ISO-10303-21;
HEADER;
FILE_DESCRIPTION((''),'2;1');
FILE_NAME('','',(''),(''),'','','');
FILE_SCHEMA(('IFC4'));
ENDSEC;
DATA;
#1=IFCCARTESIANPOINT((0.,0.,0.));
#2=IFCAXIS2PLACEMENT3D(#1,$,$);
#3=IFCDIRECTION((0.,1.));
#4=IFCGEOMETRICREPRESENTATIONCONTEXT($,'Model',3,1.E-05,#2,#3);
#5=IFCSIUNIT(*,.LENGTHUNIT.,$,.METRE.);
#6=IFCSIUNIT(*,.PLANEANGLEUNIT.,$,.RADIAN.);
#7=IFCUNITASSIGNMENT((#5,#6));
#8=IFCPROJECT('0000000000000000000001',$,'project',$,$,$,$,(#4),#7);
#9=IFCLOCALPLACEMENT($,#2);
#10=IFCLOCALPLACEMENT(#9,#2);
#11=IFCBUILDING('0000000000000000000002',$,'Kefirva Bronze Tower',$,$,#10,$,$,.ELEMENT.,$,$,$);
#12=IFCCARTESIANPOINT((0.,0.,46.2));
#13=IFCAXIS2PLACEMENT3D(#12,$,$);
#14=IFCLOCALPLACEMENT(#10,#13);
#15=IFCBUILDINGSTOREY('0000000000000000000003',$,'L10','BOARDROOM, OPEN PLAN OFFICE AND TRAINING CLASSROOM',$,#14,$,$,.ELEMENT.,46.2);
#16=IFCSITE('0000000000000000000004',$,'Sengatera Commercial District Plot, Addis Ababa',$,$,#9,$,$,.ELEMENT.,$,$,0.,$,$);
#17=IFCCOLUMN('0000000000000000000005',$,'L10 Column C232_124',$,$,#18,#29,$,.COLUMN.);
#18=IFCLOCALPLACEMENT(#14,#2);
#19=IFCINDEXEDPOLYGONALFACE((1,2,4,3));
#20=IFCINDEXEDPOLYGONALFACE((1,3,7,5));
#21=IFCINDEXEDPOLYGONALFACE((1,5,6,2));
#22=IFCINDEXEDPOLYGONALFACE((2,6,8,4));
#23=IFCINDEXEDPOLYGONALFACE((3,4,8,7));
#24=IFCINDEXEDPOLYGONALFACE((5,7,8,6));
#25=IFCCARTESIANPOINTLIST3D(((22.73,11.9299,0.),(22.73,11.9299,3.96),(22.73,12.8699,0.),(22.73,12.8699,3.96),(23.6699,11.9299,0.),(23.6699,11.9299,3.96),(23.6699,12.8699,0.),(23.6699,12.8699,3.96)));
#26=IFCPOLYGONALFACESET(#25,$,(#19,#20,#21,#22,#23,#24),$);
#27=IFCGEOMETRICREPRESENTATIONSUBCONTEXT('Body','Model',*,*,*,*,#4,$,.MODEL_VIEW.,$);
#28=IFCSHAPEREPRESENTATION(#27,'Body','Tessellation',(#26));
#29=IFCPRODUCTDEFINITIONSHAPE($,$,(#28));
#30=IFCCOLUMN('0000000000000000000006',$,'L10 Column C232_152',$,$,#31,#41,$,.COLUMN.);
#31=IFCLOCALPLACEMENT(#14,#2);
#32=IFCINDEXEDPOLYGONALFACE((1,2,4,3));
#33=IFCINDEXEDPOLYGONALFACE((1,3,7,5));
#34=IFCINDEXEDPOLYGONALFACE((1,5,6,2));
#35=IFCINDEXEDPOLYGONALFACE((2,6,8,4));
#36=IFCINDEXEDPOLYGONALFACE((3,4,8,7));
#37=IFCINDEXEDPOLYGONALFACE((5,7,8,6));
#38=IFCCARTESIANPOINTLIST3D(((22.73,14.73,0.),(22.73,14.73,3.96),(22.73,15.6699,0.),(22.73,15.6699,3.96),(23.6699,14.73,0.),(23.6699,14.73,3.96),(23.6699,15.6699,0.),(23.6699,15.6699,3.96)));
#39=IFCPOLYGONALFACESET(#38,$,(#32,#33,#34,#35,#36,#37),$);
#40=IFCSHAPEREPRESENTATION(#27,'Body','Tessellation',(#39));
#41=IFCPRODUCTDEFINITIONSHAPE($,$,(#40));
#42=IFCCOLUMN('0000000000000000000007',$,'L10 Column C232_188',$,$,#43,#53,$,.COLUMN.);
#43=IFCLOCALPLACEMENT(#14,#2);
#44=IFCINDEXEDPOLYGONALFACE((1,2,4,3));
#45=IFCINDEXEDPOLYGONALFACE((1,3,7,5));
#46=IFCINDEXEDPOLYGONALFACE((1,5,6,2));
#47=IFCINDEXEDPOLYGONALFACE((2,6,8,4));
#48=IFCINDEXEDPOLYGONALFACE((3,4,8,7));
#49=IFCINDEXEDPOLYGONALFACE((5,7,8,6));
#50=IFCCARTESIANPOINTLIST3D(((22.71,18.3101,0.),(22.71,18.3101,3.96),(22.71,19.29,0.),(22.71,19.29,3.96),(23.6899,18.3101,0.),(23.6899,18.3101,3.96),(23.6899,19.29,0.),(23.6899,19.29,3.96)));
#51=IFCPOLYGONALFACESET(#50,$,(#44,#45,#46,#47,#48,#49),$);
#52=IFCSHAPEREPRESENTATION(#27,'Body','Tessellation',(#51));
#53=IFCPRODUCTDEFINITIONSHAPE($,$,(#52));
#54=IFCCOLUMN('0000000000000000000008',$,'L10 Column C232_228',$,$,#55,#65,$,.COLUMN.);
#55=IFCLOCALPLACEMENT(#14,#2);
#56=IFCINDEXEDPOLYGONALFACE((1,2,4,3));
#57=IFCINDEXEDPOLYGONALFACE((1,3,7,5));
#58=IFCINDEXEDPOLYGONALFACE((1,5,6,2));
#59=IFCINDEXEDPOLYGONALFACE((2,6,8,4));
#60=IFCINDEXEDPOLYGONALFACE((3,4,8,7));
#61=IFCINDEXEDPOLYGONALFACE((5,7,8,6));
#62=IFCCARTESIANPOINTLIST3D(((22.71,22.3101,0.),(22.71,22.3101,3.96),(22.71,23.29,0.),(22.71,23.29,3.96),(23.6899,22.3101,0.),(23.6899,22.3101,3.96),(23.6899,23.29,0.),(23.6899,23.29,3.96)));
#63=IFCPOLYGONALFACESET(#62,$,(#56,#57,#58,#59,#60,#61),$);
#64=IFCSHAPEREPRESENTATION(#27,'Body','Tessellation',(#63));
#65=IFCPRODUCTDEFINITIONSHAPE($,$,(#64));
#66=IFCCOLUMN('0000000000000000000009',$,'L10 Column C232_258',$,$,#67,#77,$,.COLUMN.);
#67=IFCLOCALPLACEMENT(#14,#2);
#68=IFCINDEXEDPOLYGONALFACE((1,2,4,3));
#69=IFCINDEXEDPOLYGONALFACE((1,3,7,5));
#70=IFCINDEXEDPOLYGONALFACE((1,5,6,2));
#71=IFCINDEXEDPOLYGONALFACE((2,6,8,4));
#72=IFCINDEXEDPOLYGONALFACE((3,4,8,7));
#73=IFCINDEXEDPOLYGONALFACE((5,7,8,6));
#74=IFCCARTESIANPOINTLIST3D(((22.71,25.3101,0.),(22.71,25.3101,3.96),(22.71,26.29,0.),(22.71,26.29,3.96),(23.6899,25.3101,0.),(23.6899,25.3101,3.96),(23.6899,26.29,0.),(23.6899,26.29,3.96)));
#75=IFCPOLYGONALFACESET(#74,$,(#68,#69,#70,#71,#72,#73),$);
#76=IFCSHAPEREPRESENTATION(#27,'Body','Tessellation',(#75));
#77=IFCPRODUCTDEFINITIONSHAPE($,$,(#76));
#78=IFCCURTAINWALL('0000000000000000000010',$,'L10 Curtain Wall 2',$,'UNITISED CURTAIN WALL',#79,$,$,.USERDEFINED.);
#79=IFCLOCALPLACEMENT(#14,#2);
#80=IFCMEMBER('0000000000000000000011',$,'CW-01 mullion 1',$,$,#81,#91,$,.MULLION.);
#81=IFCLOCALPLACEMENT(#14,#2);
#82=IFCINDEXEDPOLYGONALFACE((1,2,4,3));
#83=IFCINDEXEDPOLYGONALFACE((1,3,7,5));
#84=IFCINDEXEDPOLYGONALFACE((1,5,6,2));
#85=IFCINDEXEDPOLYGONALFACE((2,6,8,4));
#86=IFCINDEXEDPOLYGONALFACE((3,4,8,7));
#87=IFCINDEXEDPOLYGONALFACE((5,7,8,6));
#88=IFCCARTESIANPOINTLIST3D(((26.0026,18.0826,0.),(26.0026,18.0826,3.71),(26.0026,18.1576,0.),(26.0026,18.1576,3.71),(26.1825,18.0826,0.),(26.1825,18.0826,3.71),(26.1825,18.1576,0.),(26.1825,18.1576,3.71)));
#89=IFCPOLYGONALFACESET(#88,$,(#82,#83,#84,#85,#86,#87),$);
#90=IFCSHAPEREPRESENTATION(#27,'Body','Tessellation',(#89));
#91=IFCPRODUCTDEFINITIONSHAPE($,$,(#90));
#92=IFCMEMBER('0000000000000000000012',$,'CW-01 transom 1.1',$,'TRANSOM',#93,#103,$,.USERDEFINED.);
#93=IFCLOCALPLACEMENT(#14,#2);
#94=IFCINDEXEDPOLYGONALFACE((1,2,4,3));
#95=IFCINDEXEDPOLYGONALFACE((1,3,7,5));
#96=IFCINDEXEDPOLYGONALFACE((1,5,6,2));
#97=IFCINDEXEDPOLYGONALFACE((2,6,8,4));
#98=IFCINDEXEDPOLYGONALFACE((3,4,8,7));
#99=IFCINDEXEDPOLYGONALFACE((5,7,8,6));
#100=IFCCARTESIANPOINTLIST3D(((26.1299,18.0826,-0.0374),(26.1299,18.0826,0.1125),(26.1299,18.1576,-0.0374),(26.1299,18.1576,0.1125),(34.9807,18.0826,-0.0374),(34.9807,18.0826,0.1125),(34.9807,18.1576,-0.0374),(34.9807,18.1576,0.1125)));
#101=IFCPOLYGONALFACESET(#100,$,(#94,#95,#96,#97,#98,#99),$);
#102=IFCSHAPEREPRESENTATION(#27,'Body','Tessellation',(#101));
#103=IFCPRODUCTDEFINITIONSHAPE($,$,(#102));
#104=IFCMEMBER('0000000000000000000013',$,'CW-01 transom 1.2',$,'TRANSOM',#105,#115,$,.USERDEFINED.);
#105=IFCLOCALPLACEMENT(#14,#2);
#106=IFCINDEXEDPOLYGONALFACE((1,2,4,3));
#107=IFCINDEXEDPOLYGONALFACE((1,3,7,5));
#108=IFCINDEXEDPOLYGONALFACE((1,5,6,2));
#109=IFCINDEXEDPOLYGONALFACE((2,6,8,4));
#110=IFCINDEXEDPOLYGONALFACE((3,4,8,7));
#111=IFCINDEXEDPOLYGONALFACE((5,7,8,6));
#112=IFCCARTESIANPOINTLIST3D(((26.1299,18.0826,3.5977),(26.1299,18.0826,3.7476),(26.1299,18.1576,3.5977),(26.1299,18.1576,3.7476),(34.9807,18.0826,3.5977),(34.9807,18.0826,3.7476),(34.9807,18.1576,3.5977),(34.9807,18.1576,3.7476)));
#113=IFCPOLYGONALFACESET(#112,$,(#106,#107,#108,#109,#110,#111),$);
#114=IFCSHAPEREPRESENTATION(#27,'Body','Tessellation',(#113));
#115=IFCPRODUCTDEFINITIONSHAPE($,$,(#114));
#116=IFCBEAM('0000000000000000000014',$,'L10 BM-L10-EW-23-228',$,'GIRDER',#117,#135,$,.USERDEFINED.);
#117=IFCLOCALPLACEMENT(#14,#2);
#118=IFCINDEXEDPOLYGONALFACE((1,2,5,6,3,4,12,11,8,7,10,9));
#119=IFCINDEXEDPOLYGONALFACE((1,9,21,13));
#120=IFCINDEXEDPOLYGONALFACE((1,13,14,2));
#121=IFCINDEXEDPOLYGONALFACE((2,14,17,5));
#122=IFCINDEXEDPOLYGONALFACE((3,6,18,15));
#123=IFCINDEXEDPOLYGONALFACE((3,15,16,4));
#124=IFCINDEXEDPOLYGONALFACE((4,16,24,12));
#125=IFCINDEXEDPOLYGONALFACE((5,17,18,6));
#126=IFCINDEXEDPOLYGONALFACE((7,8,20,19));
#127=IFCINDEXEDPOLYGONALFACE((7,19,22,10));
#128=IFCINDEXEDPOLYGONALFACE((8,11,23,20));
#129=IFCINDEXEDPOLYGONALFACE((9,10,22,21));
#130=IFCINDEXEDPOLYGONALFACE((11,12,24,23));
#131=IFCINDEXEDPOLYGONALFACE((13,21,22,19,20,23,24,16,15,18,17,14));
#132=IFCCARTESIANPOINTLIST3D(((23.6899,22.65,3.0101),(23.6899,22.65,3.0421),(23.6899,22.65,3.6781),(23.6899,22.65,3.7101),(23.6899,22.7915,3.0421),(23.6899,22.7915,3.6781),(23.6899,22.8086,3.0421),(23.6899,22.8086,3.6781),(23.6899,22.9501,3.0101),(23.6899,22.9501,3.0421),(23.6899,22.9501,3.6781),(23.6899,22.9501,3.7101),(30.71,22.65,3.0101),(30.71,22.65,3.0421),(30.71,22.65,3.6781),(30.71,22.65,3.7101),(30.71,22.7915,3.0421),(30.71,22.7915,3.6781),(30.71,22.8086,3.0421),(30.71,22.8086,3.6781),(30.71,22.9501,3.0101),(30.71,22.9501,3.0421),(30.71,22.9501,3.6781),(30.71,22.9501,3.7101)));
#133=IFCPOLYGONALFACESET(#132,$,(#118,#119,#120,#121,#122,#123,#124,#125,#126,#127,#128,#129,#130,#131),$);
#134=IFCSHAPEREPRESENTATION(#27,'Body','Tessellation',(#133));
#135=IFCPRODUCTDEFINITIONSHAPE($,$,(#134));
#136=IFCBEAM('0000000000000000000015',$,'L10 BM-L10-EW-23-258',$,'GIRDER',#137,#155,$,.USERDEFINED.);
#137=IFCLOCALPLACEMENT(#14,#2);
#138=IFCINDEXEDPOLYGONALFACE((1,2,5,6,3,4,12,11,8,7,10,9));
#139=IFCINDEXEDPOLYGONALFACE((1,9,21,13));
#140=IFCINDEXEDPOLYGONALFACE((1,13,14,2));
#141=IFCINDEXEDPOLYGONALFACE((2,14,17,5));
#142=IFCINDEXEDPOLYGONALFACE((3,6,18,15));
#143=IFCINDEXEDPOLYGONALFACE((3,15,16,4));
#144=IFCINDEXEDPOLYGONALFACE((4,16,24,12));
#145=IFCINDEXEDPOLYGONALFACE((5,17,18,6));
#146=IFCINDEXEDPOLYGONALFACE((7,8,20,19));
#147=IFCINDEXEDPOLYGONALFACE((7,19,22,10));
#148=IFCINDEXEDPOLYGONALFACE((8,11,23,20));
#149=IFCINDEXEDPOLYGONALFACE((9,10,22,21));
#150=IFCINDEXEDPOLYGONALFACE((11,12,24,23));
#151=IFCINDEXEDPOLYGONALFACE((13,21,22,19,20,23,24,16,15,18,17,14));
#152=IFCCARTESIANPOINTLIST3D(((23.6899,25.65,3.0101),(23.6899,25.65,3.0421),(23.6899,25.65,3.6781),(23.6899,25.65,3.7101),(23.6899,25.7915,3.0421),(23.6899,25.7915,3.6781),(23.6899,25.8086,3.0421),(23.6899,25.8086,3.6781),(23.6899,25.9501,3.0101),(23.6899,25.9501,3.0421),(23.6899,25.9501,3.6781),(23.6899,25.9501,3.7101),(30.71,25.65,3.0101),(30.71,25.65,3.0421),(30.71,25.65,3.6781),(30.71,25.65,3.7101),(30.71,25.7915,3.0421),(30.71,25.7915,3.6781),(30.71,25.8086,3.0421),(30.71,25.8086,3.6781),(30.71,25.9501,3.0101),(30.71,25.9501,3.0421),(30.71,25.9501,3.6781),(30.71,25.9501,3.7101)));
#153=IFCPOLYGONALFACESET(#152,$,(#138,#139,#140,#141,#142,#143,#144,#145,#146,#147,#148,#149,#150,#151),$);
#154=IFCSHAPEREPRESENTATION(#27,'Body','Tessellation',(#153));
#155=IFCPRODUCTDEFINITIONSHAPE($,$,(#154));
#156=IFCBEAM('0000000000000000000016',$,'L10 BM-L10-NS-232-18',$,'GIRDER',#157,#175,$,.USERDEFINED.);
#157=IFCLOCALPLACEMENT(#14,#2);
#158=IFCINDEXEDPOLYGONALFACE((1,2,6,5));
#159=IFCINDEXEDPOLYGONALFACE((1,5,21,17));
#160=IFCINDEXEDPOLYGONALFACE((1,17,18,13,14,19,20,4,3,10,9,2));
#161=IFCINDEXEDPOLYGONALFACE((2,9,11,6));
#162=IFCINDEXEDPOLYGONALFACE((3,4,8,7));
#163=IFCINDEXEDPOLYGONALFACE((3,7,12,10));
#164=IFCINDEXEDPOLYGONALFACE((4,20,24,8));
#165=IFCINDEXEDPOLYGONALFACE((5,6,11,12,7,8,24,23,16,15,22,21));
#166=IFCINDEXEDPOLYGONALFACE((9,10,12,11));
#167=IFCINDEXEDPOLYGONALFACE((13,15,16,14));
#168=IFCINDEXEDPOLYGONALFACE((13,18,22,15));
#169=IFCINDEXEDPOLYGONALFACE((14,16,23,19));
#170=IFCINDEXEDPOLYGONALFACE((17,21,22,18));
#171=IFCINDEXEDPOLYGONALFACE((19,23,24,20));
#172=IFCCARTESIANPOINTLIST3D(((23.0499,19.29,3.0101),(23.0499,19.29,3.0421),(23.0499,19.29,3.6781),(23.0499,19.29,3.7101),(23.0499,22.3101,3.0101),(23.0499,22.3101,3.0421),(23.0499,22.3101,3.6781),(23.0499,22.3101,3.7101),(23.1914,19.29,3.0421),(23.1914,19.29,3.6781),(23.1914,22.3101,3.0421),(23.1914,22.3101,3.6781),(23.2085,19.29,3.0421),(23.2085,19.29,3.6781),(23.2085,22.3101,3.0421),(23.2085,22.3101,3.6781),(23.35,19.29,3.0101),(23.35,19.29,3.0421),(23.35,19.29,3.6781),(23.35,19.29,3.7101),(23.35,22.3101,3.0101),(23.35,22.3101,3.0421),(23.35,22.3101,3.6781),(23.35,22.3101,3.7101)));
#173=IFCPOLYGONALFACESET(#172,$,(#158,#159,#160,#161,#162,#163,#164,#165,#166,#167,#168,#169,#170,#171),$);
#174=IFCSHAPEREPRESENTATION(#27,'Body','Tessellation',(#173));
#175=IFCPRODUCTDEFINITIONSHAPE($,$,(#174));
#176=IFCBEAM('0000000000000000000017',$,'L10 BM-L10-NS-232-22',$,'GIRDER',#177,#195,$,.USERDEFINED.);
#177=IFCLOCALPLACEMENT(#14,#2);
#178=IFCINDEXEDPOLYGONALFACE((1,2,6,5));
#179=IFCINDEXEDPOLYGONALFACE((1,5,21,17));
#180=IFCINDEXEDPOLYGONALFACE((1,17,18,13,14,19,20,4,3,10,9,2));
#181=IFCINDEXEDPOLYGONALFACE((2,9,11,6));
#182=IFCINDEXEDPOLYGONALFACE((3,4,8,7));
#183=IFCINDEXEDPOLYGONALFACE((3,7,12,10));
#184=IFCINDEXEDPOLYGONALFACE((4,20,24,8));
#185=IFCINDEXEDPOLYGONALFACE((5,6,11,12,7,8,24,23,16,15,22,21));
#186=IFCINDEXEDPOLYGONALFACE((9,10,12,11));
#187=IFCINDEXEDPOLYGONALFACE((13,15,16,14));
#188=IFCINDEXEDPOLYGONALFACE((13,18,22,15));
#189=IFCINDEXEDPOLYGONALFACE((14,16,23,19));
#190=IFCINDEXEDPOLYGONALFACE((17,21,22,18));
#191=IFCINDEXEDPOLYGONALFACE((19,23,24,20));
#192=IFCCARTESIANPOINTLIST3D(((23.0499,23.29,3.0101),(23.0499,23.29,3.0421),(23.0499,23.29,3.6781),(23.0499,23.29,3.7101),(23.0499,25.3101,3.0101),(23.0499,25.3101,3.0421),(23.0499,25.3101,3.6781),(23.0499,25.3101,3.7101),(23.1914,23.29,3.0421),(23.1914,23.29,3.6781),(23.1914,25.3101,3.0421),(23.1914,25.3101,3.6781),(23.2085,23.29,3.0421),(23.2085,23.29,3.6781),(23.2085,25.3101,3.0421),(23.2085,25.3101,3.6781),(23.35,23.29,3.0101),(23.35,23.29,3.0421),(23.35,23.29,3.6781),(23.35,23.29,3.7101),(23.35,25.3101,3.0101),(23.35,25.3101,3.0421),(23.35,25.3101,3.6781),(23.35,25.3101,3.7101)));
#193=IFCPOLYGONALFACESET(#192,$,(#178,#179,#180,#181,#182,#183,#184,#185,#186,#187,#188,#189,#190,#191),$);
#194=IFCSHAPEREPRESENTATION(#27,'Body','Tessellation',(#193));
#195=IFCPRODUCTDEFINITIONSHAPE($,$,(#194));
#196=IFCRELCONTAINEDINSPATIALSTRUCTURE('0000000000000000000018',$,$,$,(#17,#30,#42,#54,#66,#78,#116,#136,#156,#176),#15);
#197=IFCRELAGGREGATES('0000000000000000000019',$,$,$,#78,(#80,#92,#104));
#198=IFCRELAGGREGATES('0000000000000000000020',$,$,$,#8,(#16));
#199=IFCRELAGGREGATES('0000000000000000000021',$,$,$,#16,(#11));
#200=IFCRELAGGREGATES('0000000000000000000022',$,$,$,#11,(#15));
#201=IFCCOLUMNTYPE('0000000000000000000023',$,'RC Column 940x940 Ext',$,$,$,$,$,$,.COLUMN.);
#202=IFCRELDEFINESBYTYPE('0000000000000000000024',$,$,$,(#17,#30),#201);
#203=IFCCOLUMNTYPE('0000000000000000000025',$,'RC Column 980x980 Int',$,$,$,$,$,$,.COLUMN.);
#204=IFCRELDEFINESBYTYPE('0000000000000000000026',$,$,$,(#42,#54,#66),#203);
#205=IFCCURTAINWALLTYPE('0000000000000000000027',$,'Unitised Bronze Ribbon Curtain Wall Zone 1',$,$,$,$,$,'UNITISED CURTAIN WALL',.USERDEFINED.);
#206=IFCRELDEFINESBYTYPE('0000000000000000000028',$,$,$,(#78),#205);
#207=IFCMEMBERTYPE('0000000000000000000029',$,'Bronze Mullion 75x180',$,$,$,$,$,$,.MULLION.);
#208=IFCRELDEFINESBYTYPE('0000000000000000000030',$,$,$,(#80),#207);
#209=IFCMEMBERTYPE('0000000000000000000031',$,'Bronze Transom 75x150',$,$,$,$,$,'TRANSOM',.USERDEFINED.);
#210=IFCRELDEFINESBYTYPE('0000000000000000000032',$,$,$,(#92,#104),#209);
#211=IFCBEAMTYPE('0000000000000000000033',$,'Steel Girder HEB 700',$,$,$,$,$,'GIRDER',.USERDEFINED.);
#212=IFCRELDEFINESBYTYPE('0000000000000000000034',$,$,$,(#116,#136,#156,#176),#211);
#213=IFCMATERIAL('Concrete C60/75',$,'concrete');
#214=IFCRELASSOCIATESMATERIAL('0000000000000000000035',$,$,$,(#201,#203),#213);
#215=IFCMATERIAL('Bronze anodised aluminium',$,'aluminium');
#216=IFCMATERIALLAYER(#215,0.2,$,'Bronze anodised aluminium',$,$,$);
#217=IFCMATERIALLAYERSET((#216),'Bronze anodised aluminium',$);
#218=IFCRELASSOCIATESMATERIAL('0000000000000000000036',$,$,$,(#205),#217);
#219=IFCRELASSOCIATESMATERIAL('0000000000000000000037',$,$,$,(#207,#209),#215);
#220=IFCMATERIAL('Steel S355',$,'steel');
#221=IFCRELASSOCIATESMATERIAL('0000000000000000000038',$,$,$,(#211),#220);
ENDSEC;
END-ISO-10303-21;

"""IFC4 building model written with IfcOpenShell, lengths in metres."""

from ifc_helpers import new_model, si_unit, direction, frame, origin, origin_2d, place, context, subcontext, project, spatial, rectangle, i_section, extrude, material, layer, layer_set, material_profile, profile_set, type_object, element, aggregate, save


model = new_model("IFC4")

# Units and contexts
model_context = context("Model", 3, precision=1e-05, world=origin(), true_north=direction((0.0, 1.0)))
body_context = subcontext(model_context, "Body", "Model", "MODEL_VIEW")
ifc_project = project(units=[si_unit("LENGTHUNIT", "METRE"), si_unit("PLANEANGLEUNIT", "RADIAN")], contexts=[model_context])

# Site, building, storey
site_placement = place(None, origin())
site = spatial("IfcSite", under=ifc_project, at=site_placement, Name="Sengatera Commercial District Plot, Addis Ababa", CompositionType="ELEMENT", RefElevation=0.0)
building_placement = place(site_placement, origin())
building = spatial("IfcBuilding", under=site, at=building_placement, Name="Kefirva Bronze Tower", CompositionType="ELEMENT")
storey_placement = place(building_placement, frame((0.0, 0.0, 46.2)))
storey = spatial("IfcBuildingStorey", under=building, at=storey_placement, Name="L10", Description="BOARDROOM, OPEN PLAN OFFICE AND TRAINING CLASSROOM", CompositionType="ELEMENT", Elevation=46.2)

# Columns
ifc_material_1 = material(Name="Concrete C60/75", Category="concrete")
ifc_material_profile_1 = material_profile(ifc_material_1, rectangle(XDim=0.9399, YDim=0.9399, at=origin_2d()), Name="RC 940x940")
ifc_profile_set_1 = profile_set([ifc_material_profile_1], Name="Concrete C60/75")
column_type_1 = type_object("IfcColumnType", Name="RC Column 940x940 Ext", PredefinedType="COLUMN", material=ifc_profile_set_1)
for number, where, z_axis, x_axis, name in (
    (1, (23.2, 12.3999, 0.0), (0.0, 0.0, 1.0), (1.0, 0.0, 0.0), "L10 Column C232_124"),
    (2, (23.2, 15.2, 0.0), (0.0, 0.0, 1.0), (1.0, 0.0, 0.0), "L10 Column C232_152"),
):
    element("IfcColumn", number, at=place(storey_placement, frame(where, z_axis=z_axis, x_axis=x_axis)), inside=storey, type_object=column_type_1, Name=name, PredefinedType="COLUMN", context=body_context, shape_type="SweptSolid", body=[
        extrude(rectangle(XDim=0.9399, YDim=0.9399, at=origin_2d()), origin(), (0.0, 0.0, 1.0), 3.96),
    ])
ifc_material_profile_2 = material_profile(ifc_material_1, rectangle(XDim=0.98, YDim=0.98, at=origin_2d()), Name="RC 980x980")
ifc_profile_set_2 = profile_set([ifc_material_profile_2], Name="Concrete C60/75")
column_type_2 = type_object("IfcColumnType", Name="RC Column 980x980 Int", PredefinedType="COLUMN", material=ifc_profile_set_2)
for number, where, z_axis, x_axis, name in (
    (3, (23.2, 18.8, 0.0), (0.0, 0.0, 1.0), (1.0, 0.0, 0.0), "L10 Column C232_188"),
    (4, (23.2, 22.8, 0.0), (0.0, 0.0, 1.0), (1.0, 0.0, 0.0), "L10 Column C232_228"),
    (5, (23.2, 25.8, 0.0), (0.0, 0.0, 1.0), (1.0, 0.0, 0.0), "L10 Column C232_258"),
):
    element("IfcColumn", number, at=place(storey_placement, frame(where, z_axis=z_axis, x_axis=x_axis)), inside=storey, type_object=column_type_2, Name=name, PredefinedType="COLUMN", context=body_context, shape_type="SweptSolid", body=[
        extrude(rectangle(XDim=0.98, YDim=0.98, at=origin_2d()), origin(), (0.0, 0.0, 1.0), 3.96),
    ])

# Curtain wall, members
ifc_material_2 = material(Name="Bronze anodised aluminium", Category="aluminium")
ifc_layer_1 = layer(ifc_material_2, 0.2, Name="Bronze anodised aluminium")
ifc_layer_set_1 = layer_set([ifc_layer_1], Name="Bronze anodised aluminium")
curtain_wall_type = type_object("IfcCurtainWallType", Name="Unitised Bronze Ribbon Curtain Wall Zone 1", ElementType="UNITISED CURTAIN WALL", PredefinedType="USERDEFINED", material=ifc_layer_set_1)
curtain_wall_placement = place(storey_placement, origin())
curtain_wall = element("IfcCurtainWall", 6, at=curtain_wall_placement, inside=storey, type_object=curtain_wall_type, Name="L10 Curtain Wall 2", ObjectType="UNITISED CURTAIN WALL", PredefinedType="USERDEFINED")
ifc_material_profile_3 = material_profile(ifc_material_2, rectangle(XDim=0.075, YDim=0.1799, at=origin_2d()), Name="ALU 75x180")
ifc_profile_set_3 = profile_set([ifc_material_profile_3], Name="Bronze anodised aluminium")
member_type_1 = type_object("IfcMemberType", Name="Bronze Mullion 75x180", PredefinedType="MULLION", material=ifc_profile_set_3)
member_1_placement = place(storey_placement, frame((26.0925, 18.1201, 0.0), z_axis=(0.0, 0.0, 1.0), x_axis=(0.0, 1.0, 0.0)))
member_1 = element("IfcMember", 7, at=member_1_placement, type_object=member_type_1, Name="CW-01 mullion 1", PredefinedType="MULLION", context=body_context, shape_type="SweptSolid", body=[
    extrude(rectangle(XDim=0.075, YDim=0.1799, at=origin_2d()), origin(), (0.0, 0.0, 1.0), 3.71),
])
ifc_material_profile_4 = material_profile(ifc_material_2, rectangle(XDim=0.075, YDim=0.1499, at=origin_2d()), Name="ALU 75x150")
ifc_profile_set_4 = profile_set([ifc_material_profile_4], Name="Bronze anodised aluminium")
member_type_2 = type_object("IfcMemberType", Name="Bronze Transom 75x150", ElementType="TRANSOM", PredefinedType="USERDEFINED", material=ifc_profile_set_4)
member_2_placement = place(storey_placement, frame((26.1299, 18.1201, 0.0376), z_axis=(1.0, 0.0, 0.0), x_axis=(0.0, 1.0, 0.0)))
member_2 = element("IfcMember", 8, at=member_2_placement, type_object=member_type_2, Name="CW-01 transom 1.1", ObjectType="TRANSOM", PredefinedType="USERDEFINED", context=body_context, shape_type="SweptSolid", body=[
    extrude(rectangle(XDim=0.075, YDim=0.1499, at=origin_2d()), origin(), (0.0, 0.0, 1.0), 8.8508),
])
member_3_placement = place(storey_placement, frame((26.1299, 18.1201, 3.6726), z_axis=(1.0, 0.0, 0.0), x_axis=(0.0, 1.0, 0.0)))
member_3 = element("IfcMember", 9, at=member_3_placement, type_object=member_type_2, Name="CW-01 transom 1.2", ObjectType="TRANSOM", PredefinedType="USERDEFINED", context=body_context, shape_type="SweptSolid", body=[
    extrude(rectangle(XDim=0.075, YDim=0.1499, at=origin_2d()), origin(), (0.0, 0.0, 1.0), 8.8508),
])

# Beams
ifc_material_3 = material(Name="Steel S355", Category="steel")
ifc_material_profile_5 = material_profile(ifc_material_3, i_section(OverallWidth=0.3, OverallDepth=0.7, WebThickness=0.0171, FlangeThickness=0.032, at=origin_2d()), Name="HEB 700")
ifc_profile_set_5 = profile_set([ifc_material_profile_5], Name="Steel S355")
beam_type_1 = type_object("IfcBeamType", Name="Steel Girder HEB 700", ElementType="GIRDER", PredefinedType="USERDEFINED", material=ifc_profile_set_5)
for number, where, z_axis, x_axis, name in (
    (10, (23.6899, 22.8, 3.3601), (1.0, 0.0, 0.0), (0.0, 1.0, 0.0), "L10 BM-L10-EW-23-228"),
    (11, (23.6899, 25.8, 3.3601), (1.0, 0.0, 0.0), (0.0, 1.0, 0.0), "L10 BM-L10-EW-23-258"),
):
    element("IfcBeam", number, at=place(storey_placement, frame(where, z_axis=z_axis, x_axis=x_axis)), inside=storey, type_object=beam_type_1, Name=name, ObjectType="GIRDER", PredefinedType="USERDEFINED", context=body_context, shape_type="SweptSolid", body=[
        extrude(i_section(OverallWidth=0.3, OverallDepth=0.7, WebThickness=0.0171, FlangeThickness=0.032, at=origin_2d()), origin(), (0.0, 0.0, 1.0), 7.02),
    ])
beam_1_placement = place(storey_placement, frame((23.2, 19.29, 3.3601), z_axis=(0.0, 1.0, 0.0), x_axis=(-1.0, 0.0, 0.0)))
element("IfcBeam", 12, at=beam_1_placement, inside=storey, type_object=beam_type_1, Name="L10 BM-L10-NS-232-18", ObjectType="GIRDER", PredefinedType="USERDEFINED", context=body_context, shape_type="SweptSolid", body=[
    extrude(i_section(OverallWidth=0.3, OverallDepth=0.7, WebThickness=0.0171, FlangeThickness=0.032, at=origin_2d()), origin(), (0.0, 0.0, 1.0), 3.02),
])
beam_2_placement = place(storey_placement, frame((23.2, 23.29, 3.3601), z_axis=(0.0, 1.0, 0.0), x_axis=(-1.0, 0.0, 0.0)))
element("IfcBeam", 13, at=beam_2_placement, inside=storey, type_object=beam_type_1, Name="L10 BM-L10-NS-232-22", ObjectType="GIRDER", PredefinedType="USERDEFINED", context=body_context, shape_type="SweptSolid", body=[
    extrude(i_section(OverallWidth=0.3, OverallDepth=0.7, WebThickness=0.0171, FlangeThickness=0.032, at=origin_2d()), origin(), (0.0, 0.0, 1.0), 2.02),
])

aggregate(curtain_wall, [member_1, member_2, member_3])

save(model, "model.ifc")
